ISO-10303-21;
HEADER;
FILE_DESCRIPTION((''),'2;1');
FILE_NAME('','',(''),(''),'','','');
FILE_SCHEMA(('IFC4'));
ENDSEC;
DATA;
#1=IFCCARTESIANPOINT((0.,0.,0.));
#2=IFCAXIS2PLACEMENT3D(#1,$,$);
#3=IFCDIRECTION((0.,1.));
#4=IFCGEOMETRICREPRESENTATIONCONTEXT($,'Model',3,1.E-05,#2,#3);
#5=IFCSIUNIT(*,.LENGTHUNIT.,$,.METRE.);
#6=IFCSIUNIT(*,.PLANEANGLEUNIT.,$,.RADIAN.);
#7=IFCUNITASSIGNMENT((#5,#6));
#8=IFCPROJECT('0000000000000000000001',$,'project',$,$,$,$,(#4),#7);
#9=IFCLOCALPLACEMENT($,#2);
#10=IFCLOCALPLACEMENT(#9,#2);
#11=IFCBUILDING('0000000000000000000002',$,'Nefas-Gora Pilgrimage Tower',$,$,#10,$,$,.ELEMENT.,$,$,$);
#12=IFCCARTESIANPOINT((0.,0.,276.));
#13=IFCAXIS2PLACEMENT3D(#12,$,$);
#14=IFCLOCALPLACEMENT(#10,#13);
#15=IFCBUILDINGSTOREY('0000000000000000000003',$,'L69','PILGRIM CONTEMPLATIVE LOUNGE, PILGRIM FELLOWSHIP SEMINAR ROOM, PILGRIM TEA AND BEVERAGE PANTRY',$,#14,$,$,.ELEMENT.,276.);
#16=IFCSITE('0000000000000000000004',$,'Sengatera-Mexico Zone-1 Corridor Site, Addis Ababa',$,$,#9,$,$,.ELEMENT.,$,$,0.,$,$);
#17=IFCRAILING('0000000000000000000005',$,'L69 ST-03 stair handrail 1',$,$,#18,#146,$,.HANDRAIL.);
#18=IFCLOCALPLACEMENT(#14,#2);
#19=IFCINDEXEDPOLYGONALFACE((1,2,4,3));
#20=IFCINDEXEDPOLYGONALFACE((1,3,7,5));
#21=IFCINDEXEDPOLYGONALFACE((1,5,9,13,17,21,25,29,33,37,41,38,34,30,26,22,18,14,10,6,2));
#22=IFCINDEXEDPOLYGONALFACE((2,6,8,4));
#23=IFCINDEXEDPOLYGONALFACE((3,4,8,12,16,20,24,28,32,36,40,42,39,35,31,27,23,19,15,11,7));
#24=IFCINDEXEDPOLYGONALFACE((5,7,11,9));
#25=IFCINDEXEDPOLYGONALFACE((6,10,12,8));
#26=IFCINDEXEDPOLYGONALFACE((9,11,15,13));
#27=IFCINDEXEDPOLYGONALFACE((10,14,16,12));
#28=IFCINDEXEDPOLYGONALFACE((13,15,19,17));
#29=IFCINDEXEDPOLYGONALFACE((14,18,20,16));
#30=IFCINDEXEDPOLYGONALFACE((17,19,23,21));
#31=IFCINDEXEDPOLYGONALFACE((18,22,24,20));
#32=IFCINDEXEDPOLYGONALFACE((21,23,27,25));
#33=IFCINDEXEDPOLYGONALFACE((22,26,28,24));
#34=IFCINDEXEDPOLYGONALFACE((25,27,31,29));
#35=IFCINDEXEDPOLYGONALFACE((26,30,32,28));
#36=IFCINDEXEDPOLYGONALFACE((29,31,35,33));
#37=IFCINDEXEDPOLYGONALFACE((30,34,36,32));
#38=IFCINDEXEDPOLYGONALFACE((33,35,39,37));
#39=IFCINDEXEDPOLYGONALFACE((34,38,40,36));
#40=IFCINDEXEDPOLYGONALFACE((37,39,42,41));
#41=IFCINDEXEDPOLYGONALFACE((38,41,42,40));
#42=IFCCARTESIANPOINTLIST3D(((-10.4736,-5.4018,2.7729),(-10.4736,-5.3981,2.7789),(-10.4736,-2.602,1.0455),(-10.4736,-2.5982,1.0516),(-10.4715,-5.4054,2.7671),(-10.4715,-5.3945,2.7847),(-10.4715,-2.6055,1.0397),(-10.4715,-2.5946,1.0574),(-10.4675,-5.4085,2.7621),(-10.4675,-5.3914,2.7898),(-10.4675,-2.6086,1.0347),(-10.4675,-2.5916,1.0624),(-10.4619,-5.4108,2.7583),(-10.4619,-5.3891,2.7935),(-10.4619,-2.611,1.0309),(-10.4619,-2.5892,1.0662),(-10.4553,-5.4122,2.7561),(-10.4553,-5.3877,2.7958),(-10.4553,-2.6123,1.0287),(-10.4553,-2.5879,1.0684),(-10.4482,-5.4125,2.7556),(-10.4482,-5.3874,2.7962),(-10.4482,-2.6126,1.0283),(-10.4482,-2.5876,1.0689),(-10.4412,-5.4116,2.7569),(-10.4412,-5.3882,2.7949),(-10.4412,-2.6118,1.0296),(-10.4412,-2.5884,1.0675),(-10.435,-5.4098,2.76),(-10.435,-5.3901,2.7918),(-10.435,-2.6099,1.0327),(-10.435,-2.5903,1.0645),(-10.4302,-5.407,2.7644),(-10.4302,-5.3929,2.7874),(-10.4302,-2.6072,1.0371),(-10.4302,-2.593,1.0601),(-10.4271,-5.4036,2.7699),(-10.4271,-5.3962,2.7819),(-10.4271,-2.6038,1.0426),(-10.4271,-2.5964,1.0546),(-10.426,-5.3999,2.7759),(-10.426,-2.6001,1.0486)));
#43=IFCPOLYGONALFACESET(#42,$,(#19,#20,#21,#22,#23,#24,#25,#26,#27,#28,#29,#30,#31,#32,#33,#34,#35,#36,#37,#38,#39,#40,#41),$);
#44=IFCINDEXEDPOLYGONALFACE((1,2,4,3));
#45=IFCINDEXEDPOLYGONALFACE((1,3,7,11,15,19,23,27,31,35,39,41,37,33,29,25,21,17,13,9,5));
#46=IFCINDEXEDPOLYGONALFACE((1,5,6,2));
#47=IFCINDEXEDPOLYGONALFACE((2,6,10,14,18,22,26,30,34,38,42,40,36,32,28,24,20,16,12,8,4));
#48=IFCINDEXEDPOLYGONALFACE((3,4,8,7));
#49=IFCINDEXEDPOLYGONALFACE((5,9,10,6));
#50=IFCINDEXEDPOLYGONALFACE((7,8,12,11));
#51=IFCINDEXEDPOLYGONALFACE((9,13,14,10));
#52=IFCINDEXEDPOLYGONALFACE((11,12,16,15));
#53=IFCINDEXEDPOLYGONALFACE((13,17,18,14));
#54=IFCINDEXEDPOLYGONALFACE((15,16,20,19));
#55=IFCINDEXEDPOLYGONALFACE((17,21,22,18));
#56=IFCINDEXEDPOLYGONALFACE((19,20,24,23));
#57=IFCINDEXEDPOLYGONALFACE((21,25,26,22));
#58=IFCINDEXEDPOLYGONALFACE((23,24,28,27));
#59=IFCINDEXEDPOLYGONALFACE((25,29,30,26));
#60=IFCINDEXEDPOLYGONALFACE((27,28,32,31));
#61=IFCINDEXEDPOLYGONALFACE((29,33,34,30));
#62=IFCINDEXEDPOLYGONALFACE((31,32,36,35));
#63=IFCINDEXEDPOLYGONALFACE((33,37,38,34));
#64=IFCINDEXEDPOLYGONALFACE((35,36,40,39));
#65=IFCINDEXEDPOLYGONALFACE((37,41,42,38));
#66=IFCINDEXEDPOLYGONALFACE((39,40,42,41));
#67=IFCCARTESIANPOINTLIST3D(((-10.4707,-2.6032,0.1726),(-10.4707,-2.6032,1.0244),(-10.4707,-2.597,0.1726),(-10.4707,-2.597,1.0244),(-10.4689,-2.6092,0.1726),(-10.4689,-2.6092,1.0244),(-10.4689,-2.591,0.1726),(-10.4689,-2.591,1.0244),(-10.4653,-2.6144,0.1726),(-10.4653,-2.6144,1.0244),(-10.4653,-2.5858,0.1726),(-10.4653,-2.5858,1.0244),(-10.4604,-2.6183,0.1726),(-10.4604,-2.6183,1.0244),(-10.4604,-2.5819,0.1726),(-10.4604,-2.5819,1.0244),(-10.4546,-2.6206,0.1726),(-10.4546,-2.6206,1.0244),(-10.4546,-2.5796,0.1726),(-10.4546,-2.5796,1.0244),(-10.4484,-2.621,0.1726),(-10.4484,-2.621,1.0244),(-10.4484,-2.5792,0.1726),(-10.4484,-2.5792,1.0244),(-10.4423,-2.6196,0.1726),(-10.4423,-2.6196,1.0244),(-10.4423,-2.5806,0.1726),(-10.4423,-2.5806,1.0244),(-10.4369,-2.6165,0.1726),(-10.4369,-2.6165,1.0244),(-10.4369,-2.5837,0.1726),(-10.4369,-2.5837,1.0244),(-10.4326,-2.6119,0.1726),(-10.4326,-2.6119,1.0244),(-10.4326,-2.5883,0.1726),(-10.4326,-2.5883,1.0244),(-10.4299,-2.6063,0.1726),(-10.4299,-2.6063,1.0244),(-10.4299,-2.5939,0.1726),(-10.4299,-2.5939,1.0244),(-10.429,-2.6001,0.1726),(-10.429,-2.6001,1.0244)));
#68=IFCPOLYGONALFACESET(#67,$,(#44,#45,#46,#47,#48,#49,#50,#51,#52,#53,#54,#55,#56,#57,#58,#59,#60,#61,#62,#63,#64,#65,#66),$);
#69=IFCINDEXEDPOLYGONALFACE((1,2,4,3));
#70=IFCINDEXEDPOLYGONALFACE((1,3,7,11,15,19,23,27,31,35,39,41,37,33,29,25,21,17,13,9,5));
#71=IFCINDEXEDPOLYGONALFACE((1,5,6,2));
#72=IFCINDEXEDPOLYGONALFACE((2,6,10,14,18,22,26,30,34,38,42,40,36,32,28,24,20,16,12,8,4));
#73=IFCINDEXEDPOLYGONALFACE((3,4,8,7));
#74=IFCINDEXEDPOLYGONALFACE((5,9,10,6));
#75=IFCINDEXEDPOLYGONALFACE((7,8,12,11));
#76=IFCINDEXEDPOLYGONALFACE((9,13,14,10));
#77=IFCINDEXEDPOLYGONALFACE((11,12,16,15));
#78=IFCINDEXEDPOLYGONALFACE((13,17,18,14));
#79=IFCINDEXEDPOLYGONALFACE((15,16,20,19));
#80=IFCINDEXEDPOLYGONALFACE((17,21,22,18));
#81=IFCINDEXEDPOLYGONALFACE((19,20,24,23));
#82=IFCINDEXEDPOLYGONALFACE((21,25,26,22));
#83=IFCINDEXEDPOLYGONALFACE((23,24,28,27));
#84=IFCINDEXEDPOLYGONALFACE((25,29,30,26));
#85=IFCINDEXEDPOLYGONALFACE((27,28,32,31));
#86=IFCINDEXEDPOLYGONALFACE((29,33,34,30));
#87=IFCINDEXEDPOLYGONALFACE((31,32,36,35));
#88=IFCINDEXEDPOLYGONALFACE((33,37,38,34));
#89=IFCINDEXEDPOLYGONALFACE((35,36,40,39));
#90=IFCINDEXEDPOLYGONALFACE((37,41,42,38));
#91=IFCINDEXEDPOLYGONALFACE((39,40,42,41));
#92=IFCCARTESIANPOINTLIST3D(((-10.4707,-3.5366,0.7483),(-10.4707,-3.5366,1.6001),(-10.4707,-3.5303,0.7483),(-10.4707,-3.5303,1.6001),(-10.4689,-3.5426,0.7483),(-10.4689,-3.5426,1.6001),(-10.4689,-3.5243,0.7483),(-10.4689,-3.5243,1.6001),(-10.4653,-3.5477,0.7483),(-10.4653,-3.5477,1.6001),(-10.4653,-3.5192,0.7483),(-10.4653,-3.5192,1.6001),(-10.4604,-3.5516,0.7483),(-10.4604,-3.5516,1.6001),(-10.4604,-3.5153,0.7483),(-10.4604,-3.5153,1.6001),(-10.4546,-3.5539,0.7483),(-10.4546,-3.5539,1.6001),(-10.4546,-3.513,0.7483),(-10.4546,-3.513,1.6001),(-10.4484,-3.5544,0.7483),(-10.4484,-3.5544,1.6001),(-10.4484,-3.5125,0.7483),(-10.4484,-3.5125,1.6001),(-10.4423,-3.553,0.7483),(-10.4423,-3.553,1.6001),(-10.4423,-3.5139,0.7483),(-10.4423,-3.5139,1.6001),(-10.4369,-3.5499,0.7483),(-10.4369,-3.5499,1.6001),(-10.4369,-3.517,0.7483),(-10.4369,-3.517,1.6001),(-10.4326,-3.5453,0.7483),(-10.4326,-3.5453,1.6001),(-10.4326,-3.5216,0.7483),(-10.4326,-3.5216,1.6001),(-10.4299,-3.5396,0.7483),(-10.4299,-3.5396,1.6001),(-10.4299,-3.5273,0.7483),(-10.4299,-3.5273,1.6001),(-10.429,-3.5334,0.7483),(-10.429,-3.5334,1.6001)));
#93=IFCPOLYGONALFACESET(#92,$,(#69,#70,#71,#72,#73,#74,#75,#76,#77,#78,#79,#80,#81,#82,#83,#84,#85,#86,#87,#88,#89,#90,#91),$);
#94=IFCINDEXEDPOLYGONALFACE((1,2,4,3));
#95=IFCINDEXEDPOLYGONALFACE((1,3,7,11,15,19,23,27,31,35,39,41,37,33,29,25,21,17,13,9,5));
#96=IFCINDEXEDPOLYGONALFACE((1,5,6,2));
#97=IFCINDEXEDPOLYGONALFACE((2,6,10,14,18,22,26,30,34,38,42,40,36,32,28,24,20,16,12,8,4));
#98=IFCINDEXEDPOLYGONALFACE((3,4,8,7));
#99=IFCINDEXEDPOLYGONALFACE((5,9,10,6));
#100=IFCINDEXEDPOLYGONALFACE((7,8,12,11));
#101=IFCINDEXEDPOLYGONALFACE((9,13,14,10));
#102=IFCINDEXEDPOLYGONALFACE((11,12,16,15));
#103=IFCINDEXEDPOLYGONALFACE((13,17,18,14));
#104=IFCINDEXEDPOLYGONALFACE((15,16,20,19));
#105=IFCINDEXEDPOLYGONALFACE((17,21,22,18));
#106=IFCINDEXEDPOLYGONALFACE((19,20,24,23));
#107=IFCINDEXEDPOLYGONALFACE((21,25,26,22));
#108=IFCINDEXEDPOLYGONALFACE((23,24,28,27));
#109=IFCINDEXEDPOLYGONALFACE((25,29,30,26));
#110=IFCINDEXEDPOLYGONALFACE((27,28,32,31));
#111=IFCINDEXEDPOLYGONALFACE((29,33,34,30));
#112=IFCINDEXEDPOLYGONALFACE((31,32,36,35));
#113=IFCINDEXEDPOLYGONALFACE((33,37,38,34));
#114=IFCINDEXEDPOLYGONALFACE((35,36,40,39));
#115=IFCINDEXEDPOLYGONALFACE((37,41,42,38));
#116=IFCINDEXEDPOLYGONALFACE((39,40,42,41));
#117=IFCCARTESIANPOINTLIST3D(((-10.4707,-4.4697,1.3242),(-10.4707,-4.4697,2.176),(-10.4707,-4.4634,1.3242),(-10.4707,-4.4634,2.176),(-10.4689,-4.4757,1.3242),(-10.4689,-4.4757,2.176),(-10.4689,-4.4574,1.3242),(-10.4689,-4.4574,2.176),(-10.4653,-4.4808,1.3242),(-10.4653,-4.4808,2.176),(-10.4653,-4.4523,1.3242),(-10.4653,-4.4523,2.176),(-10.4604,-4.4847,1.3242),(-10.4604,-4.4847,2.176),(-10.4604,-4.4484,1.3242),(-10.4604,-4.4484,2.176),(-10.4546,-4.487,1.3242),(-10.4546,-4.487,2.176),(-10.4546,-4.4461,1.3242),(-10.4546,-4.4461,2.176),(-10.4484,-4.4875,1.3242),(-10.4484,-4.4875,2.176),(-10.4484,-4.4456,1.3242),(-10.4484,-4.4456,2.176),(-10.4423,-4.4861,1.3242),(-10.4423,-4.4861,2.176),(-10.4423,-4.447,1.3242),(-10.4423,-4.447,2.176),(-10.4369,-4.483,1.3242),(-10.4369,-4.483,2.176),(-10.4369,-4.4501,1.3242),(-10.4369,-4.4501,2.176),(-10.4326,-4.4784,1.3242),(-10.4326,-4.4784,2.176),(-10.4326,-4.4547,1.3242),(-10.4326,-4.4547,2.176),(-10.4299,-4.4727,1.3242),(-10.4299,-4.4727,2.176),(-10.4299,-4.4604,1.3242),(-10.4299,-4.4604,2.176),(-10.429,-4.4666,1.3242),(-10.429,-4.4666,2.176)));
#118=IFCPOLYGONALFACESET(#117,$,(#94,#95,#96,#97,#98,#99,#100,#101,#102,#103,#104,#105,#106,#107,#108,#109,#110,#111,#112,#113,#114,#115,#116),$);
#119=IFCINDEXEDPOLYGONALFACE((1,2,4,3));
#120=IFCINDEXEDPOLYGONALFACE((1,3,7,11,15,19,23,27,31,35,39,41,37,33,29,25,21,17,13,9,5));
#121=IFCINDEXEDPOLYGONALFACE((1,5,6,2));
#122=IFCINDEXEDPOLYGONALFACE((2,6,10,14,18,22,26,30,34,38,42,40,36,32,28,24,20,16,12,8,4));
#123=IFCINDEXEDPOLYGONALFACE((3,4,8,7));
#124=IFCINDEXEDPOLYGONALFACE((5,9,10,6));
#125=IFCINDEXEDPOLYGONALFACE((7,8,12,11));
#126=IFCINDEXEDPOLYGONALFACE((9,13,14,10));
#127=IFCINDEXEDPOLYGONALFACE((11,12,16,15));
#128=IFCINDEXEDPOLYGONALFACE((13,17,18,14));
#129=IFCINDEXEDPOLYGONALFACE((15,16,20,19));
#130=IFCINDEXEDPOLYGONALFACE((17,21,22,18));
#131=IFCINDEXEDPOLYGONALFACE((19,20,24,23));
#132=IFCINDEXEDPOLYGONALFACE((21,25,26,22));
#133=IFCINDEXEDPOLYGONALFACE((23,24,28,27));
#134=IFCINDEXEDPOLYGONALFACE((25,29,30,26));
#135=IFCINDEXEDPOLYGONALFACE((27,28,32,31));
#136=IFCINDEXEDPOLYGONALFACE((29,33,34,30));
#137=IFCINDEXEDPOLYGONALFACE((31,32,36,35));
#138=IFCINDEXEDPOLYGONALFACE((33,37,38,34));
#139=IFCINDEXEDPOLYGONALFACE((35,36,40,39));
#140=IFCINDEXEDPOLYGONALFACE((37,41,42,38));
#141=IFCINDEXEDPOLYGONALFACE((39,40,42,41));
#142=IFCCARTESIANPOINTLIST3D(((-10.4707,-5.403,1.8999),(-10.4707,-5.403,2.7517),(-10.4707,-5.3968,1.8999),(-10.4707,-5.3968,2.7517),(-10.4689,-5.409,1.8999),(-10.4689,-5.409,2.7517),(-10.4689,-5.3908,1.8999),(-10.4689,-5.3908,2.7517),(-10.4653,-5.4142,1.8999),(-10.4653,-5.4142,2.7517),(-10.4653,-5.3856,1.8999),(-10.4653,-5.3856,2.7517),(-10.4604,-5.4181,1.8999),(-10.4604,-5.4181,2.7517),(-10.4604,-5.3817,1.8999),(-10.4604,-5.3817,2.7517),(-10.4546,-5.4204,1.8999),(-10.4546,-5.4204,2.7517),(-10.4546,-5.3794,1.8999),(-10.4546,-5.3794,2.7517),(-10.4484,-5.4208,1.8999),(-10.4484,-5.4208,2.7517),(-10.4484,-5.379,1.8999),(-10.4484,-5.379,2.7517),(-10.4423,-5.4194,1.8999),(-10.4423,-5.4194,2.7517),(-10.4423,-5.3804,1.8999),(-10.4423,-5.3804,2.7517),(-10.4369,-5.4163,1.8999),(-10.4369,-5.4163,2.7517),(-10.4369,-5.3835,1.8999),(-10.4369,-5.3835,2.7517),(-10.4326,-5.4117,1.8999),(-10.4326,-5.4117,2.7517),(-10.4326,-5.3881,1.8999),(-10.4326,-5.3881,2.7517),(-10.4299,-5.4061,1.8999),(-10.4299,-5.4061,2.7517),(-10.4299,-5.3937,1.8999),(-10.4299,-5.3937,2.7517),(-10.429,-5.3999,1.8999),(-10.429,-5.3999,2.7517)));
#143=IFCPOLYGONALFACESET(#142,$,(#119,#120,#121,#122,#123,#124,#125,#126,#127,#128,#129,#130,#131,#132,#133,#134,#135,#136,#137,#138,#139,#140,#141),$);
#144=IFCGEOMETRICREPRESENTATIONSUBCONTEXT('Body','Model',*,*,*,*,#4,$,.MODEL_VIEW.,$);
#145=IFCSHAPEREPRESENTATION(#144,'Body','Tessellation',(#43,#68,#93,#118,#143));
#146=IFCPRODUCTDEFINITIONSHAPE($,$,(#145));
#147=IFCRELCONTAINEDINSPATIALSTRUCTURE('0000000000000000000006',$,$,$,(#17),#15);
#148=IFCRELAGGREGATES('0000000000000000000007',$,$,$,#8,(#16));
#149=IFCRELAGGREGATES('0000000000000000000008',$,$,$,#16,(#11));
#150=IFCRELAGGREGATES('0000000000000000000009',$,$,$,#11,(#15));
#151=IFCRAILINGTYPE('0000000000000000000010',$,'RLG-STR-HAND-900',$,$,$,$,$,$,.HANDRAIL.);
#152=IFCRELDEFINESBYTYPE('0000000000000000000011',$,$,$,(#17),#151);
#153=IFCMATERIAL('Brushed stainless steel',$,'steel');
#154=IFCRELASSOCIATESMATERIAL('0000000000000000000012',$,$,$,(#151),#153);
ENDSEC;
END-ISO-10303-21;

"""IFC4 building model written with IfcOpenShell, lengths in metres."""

from ifc_helpers import new_model, si_unit, direction, frame, origin, origin_2d, place, context, subcontext, project, spatial, circle, extrude, material, type_object, element, save


model = new_model("IFC4")

# Units and contexts
model_context = context("Model", 3, precision=1e-05, world=origin(), true_north=direction((0.0, 1.0)))
body_context = subcontext(model_context, "Body", "Model", "MODEL_VIEW")
ifc_project = project(units=[si_unit("LENGTHUNIT", "METRE"), si_unit("PLANEANGLEUNIT", "RADIAN")], contexts=[model_context])

# Site, building, storey
site_placement = place(None, origin())
site = spatial("IfcSite", under=ifc_project, at=site_placement, Name="Sengatera-Mexico Zone-1 Corridor Site, Addis Ababa", CompositionType="ELEMENT", RefElevation=0.0)
building_placement = place(site_placement, origin())
building = spatial("IfcBuilding", under=site, at=building_placement, Name="Nefas-Gora Pilgrimage Tower", CompositionType="ELEMENT")
storey_placement = place(building_placement, frame((0.0, 0.0, 276.0)))
storey = spatial("IfcBuildingStorey", under=building, at=storey_placement, Name="L69", Description="PILGRIM CONTEMPLATIVE LOUNGE, PILGRIM FELLOWSHIP SEMINAR ROOM, PILGRIM TEA AND BEVERAGE PANTRY", CompositionType="ELEMENT", Elevation=276.0)

# Railing
ifc_material_1 = material(Name="Brushed stainless steel", Category="steel")
railing_type_1 = type_object("IfcRailingType", Name="RLG-STR-HAND-900", PredefinedType="HANDRAIL", material=ifc_material_1)
railing_1_placement = place(storey_placement, frame((-10.45, -2.6001, 0.1726)))
element("IfcRailing", 1, at=railing_1_placement, inside=storey, type_object=railing_type_1, Name="L69 ST-03 stair handrail 1", PredefinedType="HANDRAIL", context=body_context, shape_type="SweptSolid", body=[
    extrude(circle(Radius=0.0239, at=origin_2d()), frame((0.0, 0.0, 0.876), z_axis=(0.0, -0.851069, 0.525054), x_axis=(1.0, 0.0, 0.0)), (0.0, 0.0, 1.0), 3.2898),
    extrude(circle(Radius=0.021, at=origin_2d()), origin(), (0.0, 0.0, 1.0), 0.8518),
    extrude(circle(Radius=0.021, at=origin_2d()), frame((0.0, -0.9333, 0.5757)), (0.0, 0.0, 1.0), 0.8518),
    extrude(circle(Radius=0.021, at=origin_2d()), frame((0.0, -1.8665, 1.1516)), (0.0, 0.0, 1.0), 0.8518),
    extrude(circle(Radius=0.021, at=origin_2d()), frame((0.0, -2.7998, 1.7273)), (0.0, 0.0, 1.0), 0.8518),
])

save(model, "model.ifc")
